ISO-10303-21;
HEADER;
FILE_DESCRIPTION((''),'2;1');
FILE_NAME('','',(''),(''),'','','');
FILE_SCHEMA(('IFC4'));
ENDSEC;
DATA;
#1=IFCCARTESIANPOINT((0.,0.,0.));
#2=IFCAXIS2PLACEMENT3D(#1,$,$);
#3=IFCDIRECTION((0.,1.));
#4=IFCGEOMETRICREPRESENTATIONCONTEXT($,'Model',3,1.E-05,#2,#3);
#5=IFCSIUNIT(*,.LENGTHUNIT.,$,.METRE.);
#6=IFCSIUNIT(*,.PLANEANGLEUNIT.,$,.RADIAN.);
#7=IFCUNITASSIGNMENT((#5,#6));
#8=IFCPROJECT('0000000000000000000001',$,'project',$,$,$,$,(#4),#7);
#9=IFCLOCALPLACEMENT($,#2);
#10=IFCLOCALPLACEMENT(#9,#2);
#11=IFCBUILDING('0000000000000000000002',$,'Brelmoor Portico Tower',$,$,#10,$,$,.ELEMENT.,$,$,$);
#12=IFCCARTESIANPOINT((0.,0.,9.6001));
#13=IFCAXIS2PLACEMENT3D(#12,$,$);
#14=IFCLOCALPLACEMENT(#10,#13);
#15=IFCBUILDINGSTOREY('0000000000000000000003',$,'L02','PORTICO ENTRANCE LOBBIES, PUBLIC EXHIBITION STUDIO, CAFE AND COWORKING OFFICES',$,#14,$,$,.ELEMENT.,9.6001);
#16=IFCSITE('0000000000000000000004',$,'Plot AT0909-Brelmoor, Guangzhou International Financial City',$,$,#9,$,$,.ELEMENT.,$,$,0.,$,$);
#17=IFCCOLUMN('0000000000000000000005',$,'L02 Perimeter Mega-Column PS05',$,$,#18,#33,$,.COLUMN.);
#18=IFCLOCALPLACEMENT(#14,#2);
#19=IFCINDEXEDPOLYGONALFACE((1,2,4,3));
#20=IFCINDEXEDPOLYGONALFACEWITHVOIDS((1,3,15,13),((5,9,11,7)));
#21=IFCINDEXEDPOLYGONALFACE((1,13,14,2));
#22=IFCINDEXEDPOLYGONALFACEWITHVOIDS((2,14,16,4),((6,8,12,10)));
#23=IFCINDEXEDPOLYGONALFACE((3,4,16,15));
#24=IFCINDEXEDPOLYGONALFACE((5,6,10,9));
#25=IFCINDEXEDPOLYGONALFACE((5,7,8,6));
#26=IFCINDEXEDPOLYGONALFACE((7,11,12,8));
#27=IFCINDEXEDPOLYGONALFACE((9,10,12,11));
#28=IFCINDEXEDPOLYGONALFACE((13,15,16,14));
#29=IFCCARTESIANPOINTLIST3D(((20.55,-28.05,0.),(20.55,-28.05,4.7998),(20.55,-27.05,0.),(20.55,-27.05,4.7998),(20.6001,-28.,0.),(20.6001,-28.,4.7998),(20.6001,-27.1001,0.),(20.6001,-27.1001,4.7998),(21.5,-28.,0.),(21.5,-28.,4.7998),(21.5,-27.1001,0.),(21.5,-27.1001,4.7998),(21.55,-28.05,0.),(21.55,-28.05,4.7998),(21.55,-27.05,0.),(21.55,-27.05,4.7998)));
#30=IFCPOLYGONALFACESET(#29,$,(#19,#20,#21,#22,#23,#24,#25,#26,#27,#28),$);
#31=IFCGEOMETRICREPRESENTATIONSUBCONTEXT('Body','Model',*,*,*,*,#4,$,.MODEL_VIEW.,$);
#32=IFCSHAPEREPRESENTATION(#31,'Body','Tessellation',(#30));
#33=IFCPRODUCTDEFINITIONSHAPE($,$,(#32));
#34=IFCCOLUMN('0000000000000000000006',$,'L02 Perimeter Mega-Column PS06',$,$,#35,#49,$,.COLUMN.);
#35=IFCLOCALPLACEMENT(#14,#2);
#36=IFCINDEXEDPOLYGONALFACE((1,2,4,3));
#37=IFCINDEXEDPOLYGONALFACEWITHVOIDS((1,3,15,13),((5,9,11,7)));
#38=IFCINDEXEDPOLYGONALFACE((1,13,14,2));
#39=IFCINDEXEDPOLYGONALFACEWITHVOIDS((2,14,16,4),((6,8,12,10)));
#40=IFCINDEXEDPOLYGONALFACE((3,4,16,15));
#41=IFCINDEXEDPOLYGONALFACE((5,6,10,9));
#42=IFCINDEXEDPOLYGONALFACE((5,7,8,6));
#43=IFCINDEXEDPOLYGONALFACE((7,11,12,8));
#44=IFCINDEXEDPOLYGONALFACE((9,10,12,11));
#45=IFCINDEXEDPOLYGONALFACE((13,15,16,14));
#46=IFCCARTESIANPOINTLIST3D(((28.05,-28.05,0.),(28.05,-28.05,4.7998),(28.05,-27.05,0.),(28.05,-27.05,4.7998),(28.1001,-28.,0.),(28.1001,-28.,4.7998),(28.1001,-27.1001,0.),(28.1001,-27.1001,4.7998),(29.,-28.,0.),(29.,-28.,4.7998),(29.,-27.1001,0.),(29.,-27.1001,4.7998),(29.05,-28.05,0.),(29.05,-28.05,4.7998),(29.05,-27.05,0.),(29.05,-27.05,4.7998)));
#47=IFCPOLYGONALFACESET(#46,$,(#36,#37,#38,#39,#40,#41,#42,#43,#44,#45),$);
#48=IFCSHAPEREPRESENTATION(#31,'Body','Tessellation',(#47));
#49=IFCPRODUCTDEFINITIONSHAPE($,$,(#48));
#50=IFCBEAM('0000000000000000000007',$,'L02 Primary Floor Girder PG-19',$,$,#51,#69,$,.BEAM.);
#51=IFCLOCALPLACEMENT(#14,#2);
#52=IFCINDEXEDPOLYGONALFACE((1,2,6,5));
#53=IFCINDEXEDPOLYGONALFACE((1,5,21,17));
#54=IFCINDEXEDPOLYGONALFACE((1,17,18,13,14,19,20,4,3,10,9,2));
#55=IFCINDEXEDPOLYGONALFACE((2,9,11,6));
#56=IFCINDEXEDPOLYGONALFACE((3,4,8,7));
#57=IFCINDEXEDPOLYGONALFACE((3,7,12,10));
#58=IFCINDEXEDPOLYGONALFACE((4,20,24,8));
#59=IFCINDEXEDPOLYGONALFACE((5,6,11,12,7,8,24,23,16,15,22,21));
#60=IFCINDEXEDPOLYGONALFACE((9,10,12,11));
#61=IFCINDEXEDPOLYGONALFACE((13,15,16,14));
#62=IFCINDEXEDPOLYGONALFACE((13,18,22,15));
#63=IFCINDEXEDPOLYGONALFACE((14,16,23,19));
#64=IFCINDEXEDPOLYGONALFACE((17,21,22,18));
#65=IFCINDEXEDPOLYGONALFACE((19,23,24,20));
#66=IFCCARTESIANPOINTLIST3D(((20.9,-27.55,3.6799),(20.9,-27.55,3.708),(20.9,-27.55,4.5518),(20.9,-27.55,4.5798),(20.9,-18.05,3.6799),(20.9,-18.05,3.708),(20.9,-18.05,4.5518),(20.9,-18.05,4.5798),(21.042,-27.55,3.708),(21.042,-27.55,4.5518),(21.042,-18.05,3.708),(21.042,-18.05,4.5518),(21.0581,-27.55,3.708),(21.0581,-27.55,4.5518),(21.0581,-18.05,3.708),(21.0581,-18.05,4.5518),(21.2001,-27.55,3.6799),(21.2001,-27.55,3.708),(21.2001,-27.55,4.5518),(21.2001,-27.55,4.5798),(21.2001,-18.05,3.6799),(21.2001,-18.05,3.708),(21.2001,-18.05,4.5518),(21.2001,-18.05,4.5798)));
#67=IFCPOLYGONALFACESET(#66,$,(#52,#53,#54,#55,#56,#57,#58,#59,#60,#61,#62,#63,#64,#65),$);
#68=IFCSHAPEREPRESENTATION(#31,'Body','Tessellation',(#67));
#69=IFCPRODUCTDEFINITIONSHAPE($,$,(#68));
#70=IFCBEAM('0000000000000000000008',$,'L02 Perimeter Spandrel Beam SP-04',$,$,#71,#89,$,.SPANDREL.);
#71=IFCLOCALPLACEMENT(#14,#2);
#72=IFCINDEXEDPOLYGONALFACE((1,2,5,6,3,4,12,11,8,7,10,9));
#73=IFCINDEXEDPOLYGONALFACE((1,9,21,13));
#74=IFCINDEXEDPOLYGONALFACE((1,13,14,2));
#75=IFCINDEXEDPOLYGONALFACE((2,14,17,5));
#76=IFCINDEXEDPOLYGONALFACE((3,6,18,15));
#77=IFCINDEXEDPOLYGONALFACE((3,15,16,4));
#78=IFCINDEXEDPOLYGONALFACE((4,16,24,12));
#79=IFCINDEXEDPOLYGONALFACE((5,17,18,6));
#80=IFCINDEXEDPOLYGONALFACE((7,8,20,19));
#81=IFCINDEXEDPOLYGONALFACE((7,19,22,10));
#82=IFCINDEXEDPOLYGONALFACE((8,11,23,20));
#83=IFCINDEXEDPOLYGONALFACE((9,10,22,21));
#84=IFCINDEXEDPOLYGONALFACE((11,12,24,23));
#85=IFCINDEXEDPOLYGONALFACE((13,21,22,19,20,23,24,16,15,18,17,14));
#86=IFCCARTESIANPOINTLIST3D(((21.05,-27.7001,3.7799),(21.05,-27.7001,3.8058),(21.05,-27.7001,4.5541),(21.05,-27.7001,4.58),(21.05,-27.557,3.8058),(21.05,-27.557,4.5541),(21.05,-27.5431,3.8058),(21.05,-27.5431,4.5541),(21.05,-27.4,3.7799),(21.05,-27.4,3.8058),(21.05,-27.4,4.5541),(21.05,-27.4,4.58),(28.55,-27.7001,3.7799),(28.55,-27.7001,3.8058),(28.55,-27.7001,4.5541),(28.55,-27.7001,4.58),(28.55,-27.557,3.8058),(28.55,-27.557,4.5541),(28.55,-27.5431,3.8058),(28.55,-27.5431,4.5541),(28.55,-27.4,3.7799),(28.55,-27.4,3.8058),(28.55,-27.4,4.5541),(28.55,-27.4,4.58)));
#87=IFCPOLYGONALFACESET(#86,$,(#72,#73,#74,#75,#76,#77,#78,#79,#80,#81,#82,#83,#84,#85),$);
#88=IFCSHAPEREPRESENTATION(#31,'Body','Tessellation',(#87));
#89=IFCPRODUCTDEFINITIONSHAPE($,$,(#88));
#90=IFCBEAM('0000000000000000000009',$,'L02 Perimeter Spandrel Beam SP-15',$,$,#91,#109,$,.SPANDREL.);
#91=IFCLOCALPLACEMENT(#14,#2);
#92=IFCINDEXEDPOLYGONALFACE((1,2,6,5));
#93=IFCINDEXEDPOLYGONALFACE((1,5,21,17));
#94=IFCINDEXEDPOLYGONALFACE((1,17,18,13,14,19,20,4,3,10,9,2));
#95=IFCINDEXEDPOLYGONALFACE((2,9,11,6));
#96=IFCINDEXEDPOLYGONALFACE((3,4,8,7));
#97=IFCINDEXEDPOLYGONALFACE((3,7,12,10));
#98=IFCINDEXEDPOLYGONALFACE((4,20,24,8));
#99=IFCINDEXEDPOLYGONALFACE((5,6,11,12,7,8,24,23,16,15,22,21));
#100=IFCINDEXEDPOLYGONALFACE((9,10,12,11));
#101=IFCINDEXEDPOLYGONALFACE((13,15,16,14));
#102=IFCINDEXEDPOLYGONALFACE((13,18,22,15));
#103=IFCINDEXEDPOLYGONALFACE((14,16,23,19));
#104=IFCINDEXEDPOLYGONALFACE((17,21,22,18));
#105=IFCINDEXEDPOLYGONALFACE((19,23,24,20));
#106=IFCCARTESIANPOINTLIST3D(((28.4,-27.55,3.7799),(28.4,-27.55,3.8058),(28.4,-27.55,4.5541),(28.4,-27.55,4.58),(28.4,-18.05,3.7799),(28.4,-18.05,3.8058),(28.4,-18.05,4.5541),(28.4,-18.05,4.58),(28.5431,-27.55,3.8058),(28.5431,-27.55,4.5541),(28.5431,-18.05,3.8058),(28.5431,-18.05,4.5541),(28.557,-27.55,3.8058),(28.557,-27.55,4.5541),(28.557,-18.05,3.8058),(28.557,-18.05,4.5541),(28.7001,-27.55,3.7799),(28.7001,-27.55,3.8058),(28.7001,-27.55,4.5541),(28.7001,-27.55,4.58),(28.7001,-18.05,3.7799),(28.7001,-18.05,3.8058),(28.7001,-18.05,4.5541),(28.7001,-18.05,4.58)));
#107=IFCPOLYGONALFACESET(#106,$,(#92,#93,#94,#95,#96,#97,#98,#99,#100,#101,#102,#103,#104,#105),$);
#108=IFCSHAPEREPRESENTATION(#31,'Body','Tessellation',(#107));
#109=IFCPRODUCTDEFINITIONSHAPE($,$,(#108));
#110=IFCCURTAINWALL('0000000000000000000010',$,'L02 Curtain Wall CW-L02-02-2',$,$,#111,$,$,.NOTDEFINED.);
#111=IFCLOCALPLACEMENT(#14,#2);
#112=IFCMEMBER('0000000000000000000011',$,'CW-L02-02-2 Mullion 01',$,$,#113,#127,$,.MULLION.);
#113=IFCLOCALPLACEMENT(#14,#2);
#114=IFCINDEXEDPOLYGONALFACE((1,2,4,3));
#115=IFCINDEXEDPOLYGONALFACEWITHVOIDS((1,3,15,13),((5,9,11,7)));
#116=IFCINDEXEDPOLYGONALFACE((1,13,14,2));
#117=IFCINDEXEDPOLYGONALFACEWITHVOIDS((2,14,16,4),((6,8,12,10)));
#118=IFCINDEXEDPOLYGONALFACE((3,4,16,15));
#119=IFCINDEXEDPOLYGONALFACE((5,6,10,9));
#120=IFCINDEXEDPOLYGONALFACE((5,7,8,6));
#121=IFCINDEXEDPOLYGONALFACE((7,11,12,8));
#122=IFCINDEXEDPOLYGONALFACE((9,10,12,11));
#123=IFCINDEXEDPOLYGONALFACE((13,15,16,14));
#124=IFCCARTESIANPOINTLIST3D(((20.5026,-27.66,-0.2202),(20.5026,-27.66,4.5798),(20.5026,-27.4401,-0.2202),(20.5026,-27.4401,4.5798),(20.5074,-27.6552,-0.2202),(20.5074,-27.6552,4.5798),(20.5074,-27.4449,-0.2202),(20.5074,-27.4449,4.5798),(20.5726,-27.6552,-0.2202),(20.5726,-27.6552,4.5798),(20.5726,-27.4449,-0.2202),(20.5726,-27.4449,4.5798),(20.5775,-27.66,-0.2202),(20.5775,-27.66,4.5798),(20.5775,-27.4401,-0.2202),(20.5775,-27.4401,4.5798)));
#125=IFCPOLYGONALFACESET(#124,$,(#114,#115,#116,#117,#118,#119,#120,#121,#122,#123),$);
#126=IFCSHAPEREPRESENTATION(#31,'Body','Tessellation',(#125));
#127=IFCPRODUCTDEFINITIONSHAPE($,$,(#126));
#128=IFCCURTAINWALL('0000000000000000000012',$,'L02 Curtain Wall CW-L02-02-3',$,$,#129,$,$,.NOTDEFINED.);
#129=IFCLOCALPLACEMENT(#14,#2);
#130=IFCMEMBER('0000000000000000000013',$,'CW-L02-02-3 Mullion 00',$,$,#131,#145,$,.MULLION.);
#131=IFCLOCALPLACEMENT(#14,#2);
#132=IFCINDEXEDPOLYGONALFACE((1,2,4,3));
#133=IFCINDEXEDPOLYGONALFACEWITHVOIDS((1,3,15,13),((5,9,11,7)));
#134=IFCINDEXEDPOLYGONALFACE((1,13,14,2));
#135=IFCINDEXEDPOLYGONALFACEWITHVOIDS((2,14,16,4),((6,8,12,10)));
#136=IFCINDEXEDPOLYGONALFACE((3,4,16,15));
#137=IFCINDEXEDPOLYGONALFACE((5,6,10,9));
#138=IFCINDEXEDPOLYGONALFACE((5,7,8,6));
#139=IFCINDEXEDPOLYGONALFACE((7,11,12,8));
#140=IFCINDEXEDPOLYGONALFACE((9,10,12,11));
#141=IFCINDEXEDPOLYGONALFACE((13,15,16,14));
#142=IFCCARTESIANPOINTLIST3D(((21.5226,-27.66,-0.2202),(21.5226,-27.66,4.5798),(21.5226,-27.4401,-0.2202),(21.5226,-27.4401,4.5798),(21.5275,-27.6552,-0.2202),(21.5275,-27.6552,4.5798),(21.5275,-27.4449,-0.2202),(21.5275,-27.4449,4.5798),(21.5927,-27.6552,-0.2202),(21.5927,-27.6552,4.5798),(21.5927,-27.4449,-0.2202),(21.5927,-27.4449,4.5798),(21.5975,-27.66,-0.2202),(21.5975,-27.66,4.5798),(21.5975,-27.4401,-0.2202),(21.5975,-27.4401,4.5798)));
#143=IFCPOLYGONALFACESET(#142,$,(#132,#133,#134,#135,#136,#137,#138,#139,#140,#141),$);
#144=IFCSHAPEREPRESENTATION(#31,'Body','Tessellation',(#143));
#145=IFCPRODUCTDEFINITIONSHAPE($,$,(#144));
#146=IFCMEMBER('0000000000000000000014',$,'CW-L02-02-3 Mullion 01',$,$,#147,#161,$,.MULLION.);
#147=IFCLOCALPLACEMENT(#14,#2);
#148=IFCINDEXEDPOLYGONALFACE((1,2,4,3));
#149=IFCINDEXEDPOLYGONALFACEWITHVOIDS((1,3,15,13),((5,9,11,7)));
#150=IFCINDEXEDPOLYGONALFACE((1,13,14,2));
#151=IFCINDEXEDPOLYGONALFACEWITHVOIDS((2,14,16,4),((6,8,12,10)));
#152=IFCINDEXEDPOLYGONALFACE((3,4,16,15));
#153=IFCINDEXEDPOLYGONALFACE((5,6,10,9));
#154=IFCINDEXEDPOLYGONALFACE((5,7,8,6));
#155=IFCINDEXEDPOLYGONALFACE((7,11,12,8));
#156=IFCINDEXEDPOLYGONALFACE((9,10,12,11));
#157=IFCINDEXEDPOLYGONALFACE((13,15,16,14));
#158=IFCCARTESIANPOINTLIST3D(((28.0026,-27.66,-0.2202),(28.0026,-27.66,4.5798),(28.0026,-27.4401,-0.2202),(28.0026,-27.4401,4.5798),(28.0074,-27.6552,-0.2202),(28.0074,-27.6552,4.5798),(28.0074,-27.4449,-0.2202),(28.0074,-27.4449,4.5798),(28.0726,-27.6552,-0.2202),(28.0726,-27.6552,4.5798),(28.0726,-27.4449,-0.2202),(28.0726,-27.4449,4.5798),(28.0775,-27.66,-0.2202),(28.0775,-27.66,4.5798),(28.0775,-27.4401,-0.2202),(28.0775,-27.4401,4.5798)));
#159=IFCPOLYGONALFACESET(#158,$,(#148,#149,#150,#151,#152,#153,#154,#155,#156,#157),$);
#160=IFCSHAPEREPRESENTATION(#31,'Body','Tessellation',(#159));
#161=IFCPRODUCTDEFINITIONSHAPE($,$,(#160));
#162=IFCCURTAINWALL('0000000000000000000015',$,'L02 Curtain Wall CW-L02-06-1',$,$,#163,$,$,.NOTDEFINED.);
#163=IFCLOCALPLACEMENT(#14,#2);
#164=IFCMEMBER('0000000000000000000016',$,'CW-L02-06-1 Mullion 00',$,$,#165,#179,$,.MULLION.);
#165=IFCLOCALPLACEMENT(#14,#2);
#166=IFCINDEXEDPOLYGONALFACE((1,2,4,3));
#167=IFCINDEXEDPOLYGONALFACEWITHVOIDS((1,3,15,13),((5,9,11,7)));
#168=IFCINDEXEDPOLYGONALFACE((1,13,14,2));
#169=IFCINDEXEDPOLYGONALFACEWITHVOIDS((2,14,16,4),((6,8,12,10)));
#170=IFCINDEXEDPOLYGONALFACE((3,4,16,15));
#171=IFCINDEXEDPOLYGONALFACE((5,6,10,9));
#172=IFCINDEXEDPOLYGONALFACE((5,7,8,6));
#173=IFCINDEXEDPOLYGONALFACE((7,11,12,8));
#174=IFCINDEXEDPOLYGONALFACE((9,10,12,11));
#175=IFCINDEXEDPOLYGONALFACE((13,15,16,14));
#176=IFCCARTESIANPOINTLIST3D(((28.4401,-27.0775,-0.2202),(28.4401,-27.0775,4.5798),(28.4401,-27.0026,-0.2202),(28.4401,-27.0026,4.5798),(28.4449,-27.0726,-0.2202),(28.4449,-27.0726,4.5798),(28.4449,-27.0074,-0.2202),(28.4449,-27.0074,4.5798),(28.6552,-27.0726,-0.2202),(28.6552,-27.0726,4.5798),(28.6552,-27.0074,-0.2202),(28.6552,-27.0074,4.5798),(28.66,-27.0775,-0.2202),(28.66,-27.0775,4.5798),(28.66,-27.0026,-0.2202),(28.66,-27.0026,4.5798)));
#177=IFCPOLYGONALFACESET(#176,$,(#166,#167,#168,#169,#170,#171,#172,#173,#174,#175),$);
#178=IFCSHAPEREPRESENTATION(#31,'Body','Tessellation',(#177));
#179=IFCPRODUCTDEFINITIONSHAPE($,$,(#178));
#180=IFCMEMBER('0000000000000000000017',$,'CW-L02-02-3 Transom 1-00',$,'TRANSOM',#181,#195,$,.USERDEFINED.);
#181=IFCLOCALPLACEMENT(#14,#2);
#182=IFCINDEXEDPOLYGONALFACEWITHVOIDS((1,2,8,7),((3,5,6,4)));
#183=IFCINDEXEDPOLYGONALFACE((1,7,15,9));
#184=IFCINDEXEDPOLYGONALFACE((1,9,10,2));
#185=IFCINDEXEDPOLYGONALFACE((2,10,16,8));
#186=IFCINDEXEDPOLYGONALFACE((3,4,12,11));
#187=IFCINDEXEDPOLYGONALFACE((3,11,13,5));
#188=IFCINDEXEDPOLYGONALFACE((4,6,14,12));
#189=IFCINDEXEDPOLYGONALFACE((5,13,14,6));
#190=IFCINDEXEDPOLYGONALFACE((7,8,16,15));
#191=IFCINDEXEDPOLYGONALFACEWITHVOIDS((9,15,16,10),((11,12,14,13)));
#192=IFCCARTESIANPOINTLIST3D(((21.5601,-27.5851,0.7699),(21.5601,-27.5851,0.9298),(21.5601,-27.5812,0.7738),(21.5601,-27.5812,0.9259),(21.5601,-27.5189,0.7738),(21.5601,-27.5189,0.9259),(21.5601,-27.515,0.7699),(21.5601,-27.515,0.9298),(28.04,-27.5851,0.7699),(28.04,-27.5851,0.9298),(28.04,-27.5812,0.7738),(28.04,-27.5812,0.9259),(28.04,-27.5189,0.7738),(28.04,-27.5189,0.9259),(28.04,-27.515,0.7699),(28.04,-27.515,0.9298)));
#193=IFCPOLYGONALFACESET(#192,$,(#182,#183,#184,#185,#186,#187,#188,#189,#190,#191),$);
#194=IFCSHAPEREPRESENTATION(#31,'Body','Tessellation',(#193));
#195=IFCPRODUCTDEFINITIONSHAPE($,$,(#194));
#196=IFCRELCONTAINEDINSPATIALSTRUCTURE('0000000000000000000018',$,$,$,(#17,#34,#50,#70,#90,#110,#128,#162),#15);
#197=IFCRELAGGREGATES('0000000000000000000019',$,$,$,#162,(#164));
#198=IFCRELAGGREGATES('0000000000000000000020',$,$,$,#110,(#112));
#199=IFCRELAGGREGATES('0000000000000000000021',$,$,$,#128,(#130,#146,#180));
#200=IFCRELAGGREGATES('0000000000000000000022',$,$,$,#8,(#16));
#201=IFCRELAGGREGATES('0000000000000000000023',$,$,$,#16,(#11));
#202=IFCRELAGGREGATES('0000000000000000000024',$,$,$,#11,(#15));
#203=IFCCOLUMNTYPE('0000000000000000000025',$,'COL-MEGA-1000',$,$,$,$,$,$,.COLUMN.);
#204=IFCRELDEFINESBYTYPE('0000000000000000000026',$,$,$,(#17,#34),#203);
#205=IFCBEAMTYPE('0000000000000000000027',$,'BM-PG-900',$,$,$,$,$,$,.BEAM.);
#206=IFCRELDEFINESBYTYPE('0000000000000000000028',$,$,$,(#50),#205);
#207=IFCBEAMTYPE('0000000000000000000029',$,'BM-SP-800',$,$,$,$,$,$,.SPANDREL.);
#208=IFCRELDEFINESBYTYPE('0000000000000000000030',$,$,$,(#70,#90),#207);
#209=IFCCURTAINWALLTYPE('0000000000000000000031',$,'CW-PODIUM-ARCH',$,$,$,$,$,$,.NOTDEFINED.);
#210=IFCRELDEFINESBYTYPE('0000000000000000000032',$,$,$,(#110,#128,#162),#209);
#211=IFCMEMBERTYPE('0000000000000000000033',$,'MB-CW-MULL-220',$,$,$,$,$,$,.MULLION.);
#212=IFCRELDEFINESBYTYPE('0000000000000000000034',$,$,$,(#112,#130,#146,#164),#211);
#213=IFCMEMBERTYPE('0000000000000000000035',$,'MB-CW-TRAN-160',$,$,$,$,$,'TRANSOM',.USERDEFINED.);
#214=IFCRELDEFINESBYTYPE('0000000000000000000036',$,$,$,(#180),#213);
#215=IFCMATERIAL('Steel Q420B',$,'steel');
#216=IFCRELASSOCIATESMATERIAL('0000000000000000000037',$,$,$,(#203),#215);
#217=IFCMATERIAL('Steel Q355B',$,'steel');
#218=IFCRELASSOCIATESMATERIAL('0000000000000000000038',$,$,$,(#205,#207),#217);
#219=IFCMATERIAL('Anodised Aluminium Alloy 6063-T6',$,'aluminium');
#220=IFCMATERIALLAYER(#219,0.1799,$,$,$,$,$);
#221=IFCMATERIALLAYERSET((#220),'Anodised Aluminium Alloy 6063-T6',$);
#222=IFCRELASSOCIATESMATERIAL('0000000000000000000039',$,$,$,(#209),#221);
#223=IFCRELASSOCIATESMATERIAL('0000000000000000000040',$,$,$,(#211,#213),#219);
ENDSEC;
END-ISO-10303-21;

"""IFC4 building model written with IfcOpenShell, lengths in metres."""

from ifc_helpers import new_model, si_unit, direction, frame, origin, origin_2d, place, context, subcontext, project, spatial, hollow_rectangle, i_section, extrude, material, layer, layer_set, material_profile, profile_set, type_object, element, aggregate, save


model = new_model("IFC4")

# Units and contexts
model_context = context("Model", 3, precision=1e-05, world=origin(), true_north=direction((0.0, 1.0)))
body_context = subcontext(model_context, "Body", "Model", "MODEL_VIEW")
ifc_project = project(units=[si_unit("LENGTHUNIT", "METRE"), si_unit("PLANEANGLEUNIT", "RADIAN")], contexts=[model_context])

# Site, building, storey
site_placement = place(None, origin())
site = spatial("IfcSite", under=ifc_project, at=site_placement, Name="Plot AT0909-Brelmoor, Guangzhou International Financial City", CompositionType="ELEMENT", RefElevation=0.0)
building_placement = place(site_placement, origin())
building = spatial("IfcBuilding", under=site, at=building_placement, Name="Brelmoor Portico Tower", CompositionType="ELEMENT")
storey_placement = place(building_placement, frame((0.0, 0.0, 9.6001)))
storey = spatial("IfcBuildingStorey", under=building, at=storey_placement, Name="L02", Description="PORTICO ENTRANCE LOBBIES, PUBLIC EXHIBITION STUDIO, CAFE AND COWORKING OFFICES", CompositionType="ELEMENT", Elevation=9.6001)

# Columns
ifc_material_1 = material(Name="Steel Q420B", Category="steel")
ifc_material_profile_1 = material_profile(ifc_material_1, hollow_rectangle(XDim=1.0, YDim=1.0, WallThickness=0.05, at=origin_2d()), Name="BOX 1000x1000x50")
ifc_profile_set_1 = profile_set([ifc_material_profile_1], Name="Steel Q420B")
column_type = type_object("IfcColumnType", Name="COL-MEGA-1000", PredefinedType="COLUMN", material=ifc_profile_set_1)
for number, where, z_axis, x_axis, name in (
    (1, (21.05, -27.55, 0.0), (0.0, 0.0, 1.0), (1.0, 0.0, 0.0), "L02 Perimeter Mega-Column PS05"),
    (2, (28.55, -27.55, 0.0), (0.0, 0.0, 1.0), (1.0, 0.0, 0.0), "L02 Perimeter Mega-Column PS06"),
):
    element("IfcColumn", number, at=place(storey_placement, frame(where, z_axis=z_axis, x_axis=x_axis)), inside=storey, type_object=column_type, Name=name, PredefinedType="COLUMN", context=body_context, shape_type="SweptSolid", body=[
        extrude(hollow_rectangle(XDim=1.0, YDim=1.0, WallThickness=0.05, at=origin_2d()), origin(), (0.0, 0.0, 1.0), 4.7998),
    ])

# Beams
ifc_material_2 = material(Name="Steel Q355B", Category="steel")
ifc_material_profile_2 = material_profile(ifc_material_2, i_section(OverallWidth=0.3, OverallDepth=0.8999, WebThickness=0.0161, FlangeThickness=0.0281, at=origin_2d()), Name="HN 900x300x16x28")
ifc_profile_set_2 = profile_set([ifc_material_profile_2], Name="Steel Q355B")
beam_type_1 = type_object("IfcBeamType", Name="BM-PG-900", PredefinedType="BEAM", material=ifc_profile_set_2)
beam_1_placement = place(storey_placement, frame((21.05, -27.55, 4.1299), z_axis=(0.0, 1.0, 0.0), x_axis=(-1.0, 0.0, 0.0)))
element("IfcBeam", 3, at=beam_1_placement, inside=storey, type_object=beam_type_1, Name="L02 Primary Floor Girder PG-19", PredefinedType="BEAM", context=body_context, shape_type="SweptSolid", body=[
    extrude(i_section(OverallWidth=0.3, OverallDepth=0.8999, WebThickness=0.0161, FlangeThickness=0.0281, at=origin_2d()), origin(), (0.0, 0.0, 1.0), 9.5),
])
ifc_material_profile_3 = material_profile(ifc_material_2, i_section(OverallWidth=0.3, OverallDepth=0.8, WebThickness=0.0139, FlangeThickness=0.0259, at=origin_2d()), Name="HN 800x300x14x26")
ifc_profile_set_3 = profile_set([ifc_material_profile_3], Name="Steel Q355B")
beam_type_2 = type_object("IfcBeamType", Name="BM-SP-800", PredefinedType="SPANDREL", material=ifc_profile_set_3)
beam_2_placement = place(storey_placement, frame((21.05, -27.55, 4.1799), z_axis=(1.0, 0.0, 0.0), x_axis=(0.0, 1.0, 0.0)))
element("IfcBeam", 4, at=beam_2_placement, inside=storey, type_object=beam_type_2, Name="L02 Perimeter Spandrel Beam SP-04", PredefinedType="SPANDREL", context=body_context, shape_type="SweptSolid", body=[
    extrude(i_section(OverallWidth=0.3, OverallDepth=0.8, WebThickness=0.0139, FlangeThickness=0.0259, at=origin_2d()), origin(), (0.0, 0.0, 1.0), 7.5),
])
beam_3_placement = place(storey_placement, frame((28.55, -27.55, 4.1799), z_axis=(0.0, 1.0, 0.0), x_axis=(-1.0, 0.0, 0.0)))
element("IfcBeam", 5, at=beam_3_placement, inside=storey, type_object=beam_type_2, Name="L02 Perimeter Spandrel Beam SP-15", PredefinedType="SPANDREL", context=body_context, shape_type="SweptSolid", body=[
    extrude(i_section(OverallWidth=0.3, OverallDepth=0.8, WebThickness=0.0139, FlangeThickness=0.0259, at=origin_2d()), origin(), (0.0, 0.0, 1.0), 9.5),
])

# Curtain wall, member
ifc_material_3 = material(Name="Anodised Aluminium Alloy 6063-T6", Category="aluminium")
ifc_layer_1 = layer(ifc_material_3, 0.1799)
ifc_layer_set_1 = layer_set([ifc_layer_1], Name="Anodised Aluminium Alloy 6063-T6")
curtain_wall_type = type_object("IfcCurtainWallType", Name="CW-PODIUM-ARCH", PredefinedType="NOTDEFINED", material=ifc_layer_set_1)
curtain_wall_1_placement = place(storey_placement, origin())
curtain_wall_1 = element("IfcCurtainWall", 6, at=curtain_wall_1_placement, inside=storey, type_object=curtain_wall_type, Name="L02 Curtain Wall CW-L02-02-2", PredefinedType="NOTDEFINED")
ifc_material_profile_4 = material_profile(ifc_material_3, hollow_rectangle(XDim=0.075, YDim=0.22, WallThickness=0.0049, at=origin_2d()), Name="ALU MULLION 75x220")
ifc_profile_set_4 = profile_set([ifc_material_profile_4], Name="Anodised Aluminium Alloy 6063-T6")
member_type_1 = type_object("IfcMemberType", Name="MB-CW-MULL-220", PredefinedType="MULLION", material=ifc_profile_set_4)
member_1_placement = place(storey_placement, frame((20.54, -27.55, -0.2202), z_axis=(0.0, 0.0, 1.0), x_axis=(1.0, 0.0, 0.0)))
member_1 = element("IfcMember", 7, at=member_1_placement, type_object=member_type_1, Name="CW-L02-02-2 Mullion 01", PredefinedType="MULLION", context=body_context, shape_type="SweptSolid", body=[
    extrude(hollow_rectangle(XDim=0.075, YDim=0.22, WallThickness=0.0049, at=origin_2d()), origin(), (0.0, 0.0, 1.0), 4.8),
])

# Curtain wall, members
curtain_wall_2_placement = place(storey_placement, origin())
curtain_wall_2 = element("IfcCurtainWall", 8, at=curtain_wall_2_placement, inside=storey, type_object=curtain_wall_type, Name="L02 Curtain Wall CW-L02-02-3", PredefinedType="NOTDEFINED")
member_2_placement = place(storey_placement, frame((21.5601, -27.55, -0.2202), z_axis=(0.0, 0.0, 1.0), x_axis=(1.0, 0.0, 0.0)))
member_2 = element("IfcMember", 9, at=member_2_placement, type_object=member_type_1, Name="CW-L02-02-3 Mullion 00", PredefinedType="MULLION", context=body_context, shape_type="SweptSolid", body=[
    extrude(hollow_rectangle(XDim=0.075, YDim=0.22, WallThickness=0.0049, at=origin_2d()), origin(), (0.0, 0.0, 1.0), 4.8),
])
member_3_placement = place(storey_placement, frame((28.04, -27.55, -0.2202), z_axis=(0.0, 0.0, 1.0), x_axis=(1.0, 0.0, 0.0)))
member_3 = element("IfcMember", 10, at=member_3_placement, type_object=member_type_1, Name="CW-L02-02-3 Mullion 01", PredefinedType="MULLION", context=body_context, shape_type="SweptSolid", body=[
    extrude(hollow_rectangle(XDim=0.075, YDim=0.22, WallThickness=0.0049, at=origin_2d()), origin(), (0.0, 0.0, 1.0), 4.8),
])

# Curtain wall, member
curtain_wall_3_placement = place(storey_placement, origin())
curtain_wall_3 = element("IfcCurtainWall", 11, at=curtain_wall_3_placement, inside=storey, type_object=curtain_wall_type, Name="L02 Curtain Wall CW-L02-06-1", PredefinedType="NOTDEFINED")
member_4_placement = place(storey_placement, frame((28.55, -27.04, -0.2202), z_axis=(0.0, 0.0, 1.0), x_axis=(0.0, 1.0, 0.0)))
member_4 = element("IfcMember", 12, at=member_4_placement, type_object=member_type_1, Name="CW-L02-06-1 Mullion 00", PredefinedType="MULLION", context=body_context, shape_type="SweptSolid", body=[
    extrude(hollow_rectangle(XDim=0.075, YDim=0.22, WallThickness=0.0049, at=origin_2d()), origin(), (0.0, 0.0, 1.0), 4.8),
])
aggregate(curtain_wall_3, [member_4])

# Member
ifc_material_profile_5 = material_profile(ifc_material_3, hollow_rectangle(XDim=0.0701, YDim=0.1599, WallThickness=0.0039, at=origin_2d()), Name="ALU TRANSOM 70x160")
ifc_profile_set_5 = profile_set([ifc_material_profile_5], Name="Anodised Aluminium Alloy 6063-T6")
member_type_2 = type_object("IfcMemberType", Name="MB-CW-TRAN-160", ElementType="TRANSOM", PredefinedType="USERDEFINED", material=ifc_profile_set_5)
member_5_placement = place(storey_placement, frame((21.5601, -27.55, 0.8499), z_axis=(1.0, 0.0, 0.0), x_axis=(0.0, 1.0, 0.0)))
member_5 = element("IfcMember", 13, at=member_5_placement, type_object=member_type_2, Name="CW-L02-02-3 Transom 1-00", ObjectType="TRANSOM", PredefinedType="USERDEFINED", context=body_context, shape_type="SweptSolid", body=[
    extrude(hollow_rectangle(XDim=0.0701, YDim=0.1599, WallThickness=0.0039, at=origin_2d()), origin(), (0.0, 0.0, 1.0), 6.48),
])

aggregate(curtain_wall_1, [member_1])
aggregate(curtain_wall_2, [member_2, member_3, member_5])

save(model, "model.ifc")
